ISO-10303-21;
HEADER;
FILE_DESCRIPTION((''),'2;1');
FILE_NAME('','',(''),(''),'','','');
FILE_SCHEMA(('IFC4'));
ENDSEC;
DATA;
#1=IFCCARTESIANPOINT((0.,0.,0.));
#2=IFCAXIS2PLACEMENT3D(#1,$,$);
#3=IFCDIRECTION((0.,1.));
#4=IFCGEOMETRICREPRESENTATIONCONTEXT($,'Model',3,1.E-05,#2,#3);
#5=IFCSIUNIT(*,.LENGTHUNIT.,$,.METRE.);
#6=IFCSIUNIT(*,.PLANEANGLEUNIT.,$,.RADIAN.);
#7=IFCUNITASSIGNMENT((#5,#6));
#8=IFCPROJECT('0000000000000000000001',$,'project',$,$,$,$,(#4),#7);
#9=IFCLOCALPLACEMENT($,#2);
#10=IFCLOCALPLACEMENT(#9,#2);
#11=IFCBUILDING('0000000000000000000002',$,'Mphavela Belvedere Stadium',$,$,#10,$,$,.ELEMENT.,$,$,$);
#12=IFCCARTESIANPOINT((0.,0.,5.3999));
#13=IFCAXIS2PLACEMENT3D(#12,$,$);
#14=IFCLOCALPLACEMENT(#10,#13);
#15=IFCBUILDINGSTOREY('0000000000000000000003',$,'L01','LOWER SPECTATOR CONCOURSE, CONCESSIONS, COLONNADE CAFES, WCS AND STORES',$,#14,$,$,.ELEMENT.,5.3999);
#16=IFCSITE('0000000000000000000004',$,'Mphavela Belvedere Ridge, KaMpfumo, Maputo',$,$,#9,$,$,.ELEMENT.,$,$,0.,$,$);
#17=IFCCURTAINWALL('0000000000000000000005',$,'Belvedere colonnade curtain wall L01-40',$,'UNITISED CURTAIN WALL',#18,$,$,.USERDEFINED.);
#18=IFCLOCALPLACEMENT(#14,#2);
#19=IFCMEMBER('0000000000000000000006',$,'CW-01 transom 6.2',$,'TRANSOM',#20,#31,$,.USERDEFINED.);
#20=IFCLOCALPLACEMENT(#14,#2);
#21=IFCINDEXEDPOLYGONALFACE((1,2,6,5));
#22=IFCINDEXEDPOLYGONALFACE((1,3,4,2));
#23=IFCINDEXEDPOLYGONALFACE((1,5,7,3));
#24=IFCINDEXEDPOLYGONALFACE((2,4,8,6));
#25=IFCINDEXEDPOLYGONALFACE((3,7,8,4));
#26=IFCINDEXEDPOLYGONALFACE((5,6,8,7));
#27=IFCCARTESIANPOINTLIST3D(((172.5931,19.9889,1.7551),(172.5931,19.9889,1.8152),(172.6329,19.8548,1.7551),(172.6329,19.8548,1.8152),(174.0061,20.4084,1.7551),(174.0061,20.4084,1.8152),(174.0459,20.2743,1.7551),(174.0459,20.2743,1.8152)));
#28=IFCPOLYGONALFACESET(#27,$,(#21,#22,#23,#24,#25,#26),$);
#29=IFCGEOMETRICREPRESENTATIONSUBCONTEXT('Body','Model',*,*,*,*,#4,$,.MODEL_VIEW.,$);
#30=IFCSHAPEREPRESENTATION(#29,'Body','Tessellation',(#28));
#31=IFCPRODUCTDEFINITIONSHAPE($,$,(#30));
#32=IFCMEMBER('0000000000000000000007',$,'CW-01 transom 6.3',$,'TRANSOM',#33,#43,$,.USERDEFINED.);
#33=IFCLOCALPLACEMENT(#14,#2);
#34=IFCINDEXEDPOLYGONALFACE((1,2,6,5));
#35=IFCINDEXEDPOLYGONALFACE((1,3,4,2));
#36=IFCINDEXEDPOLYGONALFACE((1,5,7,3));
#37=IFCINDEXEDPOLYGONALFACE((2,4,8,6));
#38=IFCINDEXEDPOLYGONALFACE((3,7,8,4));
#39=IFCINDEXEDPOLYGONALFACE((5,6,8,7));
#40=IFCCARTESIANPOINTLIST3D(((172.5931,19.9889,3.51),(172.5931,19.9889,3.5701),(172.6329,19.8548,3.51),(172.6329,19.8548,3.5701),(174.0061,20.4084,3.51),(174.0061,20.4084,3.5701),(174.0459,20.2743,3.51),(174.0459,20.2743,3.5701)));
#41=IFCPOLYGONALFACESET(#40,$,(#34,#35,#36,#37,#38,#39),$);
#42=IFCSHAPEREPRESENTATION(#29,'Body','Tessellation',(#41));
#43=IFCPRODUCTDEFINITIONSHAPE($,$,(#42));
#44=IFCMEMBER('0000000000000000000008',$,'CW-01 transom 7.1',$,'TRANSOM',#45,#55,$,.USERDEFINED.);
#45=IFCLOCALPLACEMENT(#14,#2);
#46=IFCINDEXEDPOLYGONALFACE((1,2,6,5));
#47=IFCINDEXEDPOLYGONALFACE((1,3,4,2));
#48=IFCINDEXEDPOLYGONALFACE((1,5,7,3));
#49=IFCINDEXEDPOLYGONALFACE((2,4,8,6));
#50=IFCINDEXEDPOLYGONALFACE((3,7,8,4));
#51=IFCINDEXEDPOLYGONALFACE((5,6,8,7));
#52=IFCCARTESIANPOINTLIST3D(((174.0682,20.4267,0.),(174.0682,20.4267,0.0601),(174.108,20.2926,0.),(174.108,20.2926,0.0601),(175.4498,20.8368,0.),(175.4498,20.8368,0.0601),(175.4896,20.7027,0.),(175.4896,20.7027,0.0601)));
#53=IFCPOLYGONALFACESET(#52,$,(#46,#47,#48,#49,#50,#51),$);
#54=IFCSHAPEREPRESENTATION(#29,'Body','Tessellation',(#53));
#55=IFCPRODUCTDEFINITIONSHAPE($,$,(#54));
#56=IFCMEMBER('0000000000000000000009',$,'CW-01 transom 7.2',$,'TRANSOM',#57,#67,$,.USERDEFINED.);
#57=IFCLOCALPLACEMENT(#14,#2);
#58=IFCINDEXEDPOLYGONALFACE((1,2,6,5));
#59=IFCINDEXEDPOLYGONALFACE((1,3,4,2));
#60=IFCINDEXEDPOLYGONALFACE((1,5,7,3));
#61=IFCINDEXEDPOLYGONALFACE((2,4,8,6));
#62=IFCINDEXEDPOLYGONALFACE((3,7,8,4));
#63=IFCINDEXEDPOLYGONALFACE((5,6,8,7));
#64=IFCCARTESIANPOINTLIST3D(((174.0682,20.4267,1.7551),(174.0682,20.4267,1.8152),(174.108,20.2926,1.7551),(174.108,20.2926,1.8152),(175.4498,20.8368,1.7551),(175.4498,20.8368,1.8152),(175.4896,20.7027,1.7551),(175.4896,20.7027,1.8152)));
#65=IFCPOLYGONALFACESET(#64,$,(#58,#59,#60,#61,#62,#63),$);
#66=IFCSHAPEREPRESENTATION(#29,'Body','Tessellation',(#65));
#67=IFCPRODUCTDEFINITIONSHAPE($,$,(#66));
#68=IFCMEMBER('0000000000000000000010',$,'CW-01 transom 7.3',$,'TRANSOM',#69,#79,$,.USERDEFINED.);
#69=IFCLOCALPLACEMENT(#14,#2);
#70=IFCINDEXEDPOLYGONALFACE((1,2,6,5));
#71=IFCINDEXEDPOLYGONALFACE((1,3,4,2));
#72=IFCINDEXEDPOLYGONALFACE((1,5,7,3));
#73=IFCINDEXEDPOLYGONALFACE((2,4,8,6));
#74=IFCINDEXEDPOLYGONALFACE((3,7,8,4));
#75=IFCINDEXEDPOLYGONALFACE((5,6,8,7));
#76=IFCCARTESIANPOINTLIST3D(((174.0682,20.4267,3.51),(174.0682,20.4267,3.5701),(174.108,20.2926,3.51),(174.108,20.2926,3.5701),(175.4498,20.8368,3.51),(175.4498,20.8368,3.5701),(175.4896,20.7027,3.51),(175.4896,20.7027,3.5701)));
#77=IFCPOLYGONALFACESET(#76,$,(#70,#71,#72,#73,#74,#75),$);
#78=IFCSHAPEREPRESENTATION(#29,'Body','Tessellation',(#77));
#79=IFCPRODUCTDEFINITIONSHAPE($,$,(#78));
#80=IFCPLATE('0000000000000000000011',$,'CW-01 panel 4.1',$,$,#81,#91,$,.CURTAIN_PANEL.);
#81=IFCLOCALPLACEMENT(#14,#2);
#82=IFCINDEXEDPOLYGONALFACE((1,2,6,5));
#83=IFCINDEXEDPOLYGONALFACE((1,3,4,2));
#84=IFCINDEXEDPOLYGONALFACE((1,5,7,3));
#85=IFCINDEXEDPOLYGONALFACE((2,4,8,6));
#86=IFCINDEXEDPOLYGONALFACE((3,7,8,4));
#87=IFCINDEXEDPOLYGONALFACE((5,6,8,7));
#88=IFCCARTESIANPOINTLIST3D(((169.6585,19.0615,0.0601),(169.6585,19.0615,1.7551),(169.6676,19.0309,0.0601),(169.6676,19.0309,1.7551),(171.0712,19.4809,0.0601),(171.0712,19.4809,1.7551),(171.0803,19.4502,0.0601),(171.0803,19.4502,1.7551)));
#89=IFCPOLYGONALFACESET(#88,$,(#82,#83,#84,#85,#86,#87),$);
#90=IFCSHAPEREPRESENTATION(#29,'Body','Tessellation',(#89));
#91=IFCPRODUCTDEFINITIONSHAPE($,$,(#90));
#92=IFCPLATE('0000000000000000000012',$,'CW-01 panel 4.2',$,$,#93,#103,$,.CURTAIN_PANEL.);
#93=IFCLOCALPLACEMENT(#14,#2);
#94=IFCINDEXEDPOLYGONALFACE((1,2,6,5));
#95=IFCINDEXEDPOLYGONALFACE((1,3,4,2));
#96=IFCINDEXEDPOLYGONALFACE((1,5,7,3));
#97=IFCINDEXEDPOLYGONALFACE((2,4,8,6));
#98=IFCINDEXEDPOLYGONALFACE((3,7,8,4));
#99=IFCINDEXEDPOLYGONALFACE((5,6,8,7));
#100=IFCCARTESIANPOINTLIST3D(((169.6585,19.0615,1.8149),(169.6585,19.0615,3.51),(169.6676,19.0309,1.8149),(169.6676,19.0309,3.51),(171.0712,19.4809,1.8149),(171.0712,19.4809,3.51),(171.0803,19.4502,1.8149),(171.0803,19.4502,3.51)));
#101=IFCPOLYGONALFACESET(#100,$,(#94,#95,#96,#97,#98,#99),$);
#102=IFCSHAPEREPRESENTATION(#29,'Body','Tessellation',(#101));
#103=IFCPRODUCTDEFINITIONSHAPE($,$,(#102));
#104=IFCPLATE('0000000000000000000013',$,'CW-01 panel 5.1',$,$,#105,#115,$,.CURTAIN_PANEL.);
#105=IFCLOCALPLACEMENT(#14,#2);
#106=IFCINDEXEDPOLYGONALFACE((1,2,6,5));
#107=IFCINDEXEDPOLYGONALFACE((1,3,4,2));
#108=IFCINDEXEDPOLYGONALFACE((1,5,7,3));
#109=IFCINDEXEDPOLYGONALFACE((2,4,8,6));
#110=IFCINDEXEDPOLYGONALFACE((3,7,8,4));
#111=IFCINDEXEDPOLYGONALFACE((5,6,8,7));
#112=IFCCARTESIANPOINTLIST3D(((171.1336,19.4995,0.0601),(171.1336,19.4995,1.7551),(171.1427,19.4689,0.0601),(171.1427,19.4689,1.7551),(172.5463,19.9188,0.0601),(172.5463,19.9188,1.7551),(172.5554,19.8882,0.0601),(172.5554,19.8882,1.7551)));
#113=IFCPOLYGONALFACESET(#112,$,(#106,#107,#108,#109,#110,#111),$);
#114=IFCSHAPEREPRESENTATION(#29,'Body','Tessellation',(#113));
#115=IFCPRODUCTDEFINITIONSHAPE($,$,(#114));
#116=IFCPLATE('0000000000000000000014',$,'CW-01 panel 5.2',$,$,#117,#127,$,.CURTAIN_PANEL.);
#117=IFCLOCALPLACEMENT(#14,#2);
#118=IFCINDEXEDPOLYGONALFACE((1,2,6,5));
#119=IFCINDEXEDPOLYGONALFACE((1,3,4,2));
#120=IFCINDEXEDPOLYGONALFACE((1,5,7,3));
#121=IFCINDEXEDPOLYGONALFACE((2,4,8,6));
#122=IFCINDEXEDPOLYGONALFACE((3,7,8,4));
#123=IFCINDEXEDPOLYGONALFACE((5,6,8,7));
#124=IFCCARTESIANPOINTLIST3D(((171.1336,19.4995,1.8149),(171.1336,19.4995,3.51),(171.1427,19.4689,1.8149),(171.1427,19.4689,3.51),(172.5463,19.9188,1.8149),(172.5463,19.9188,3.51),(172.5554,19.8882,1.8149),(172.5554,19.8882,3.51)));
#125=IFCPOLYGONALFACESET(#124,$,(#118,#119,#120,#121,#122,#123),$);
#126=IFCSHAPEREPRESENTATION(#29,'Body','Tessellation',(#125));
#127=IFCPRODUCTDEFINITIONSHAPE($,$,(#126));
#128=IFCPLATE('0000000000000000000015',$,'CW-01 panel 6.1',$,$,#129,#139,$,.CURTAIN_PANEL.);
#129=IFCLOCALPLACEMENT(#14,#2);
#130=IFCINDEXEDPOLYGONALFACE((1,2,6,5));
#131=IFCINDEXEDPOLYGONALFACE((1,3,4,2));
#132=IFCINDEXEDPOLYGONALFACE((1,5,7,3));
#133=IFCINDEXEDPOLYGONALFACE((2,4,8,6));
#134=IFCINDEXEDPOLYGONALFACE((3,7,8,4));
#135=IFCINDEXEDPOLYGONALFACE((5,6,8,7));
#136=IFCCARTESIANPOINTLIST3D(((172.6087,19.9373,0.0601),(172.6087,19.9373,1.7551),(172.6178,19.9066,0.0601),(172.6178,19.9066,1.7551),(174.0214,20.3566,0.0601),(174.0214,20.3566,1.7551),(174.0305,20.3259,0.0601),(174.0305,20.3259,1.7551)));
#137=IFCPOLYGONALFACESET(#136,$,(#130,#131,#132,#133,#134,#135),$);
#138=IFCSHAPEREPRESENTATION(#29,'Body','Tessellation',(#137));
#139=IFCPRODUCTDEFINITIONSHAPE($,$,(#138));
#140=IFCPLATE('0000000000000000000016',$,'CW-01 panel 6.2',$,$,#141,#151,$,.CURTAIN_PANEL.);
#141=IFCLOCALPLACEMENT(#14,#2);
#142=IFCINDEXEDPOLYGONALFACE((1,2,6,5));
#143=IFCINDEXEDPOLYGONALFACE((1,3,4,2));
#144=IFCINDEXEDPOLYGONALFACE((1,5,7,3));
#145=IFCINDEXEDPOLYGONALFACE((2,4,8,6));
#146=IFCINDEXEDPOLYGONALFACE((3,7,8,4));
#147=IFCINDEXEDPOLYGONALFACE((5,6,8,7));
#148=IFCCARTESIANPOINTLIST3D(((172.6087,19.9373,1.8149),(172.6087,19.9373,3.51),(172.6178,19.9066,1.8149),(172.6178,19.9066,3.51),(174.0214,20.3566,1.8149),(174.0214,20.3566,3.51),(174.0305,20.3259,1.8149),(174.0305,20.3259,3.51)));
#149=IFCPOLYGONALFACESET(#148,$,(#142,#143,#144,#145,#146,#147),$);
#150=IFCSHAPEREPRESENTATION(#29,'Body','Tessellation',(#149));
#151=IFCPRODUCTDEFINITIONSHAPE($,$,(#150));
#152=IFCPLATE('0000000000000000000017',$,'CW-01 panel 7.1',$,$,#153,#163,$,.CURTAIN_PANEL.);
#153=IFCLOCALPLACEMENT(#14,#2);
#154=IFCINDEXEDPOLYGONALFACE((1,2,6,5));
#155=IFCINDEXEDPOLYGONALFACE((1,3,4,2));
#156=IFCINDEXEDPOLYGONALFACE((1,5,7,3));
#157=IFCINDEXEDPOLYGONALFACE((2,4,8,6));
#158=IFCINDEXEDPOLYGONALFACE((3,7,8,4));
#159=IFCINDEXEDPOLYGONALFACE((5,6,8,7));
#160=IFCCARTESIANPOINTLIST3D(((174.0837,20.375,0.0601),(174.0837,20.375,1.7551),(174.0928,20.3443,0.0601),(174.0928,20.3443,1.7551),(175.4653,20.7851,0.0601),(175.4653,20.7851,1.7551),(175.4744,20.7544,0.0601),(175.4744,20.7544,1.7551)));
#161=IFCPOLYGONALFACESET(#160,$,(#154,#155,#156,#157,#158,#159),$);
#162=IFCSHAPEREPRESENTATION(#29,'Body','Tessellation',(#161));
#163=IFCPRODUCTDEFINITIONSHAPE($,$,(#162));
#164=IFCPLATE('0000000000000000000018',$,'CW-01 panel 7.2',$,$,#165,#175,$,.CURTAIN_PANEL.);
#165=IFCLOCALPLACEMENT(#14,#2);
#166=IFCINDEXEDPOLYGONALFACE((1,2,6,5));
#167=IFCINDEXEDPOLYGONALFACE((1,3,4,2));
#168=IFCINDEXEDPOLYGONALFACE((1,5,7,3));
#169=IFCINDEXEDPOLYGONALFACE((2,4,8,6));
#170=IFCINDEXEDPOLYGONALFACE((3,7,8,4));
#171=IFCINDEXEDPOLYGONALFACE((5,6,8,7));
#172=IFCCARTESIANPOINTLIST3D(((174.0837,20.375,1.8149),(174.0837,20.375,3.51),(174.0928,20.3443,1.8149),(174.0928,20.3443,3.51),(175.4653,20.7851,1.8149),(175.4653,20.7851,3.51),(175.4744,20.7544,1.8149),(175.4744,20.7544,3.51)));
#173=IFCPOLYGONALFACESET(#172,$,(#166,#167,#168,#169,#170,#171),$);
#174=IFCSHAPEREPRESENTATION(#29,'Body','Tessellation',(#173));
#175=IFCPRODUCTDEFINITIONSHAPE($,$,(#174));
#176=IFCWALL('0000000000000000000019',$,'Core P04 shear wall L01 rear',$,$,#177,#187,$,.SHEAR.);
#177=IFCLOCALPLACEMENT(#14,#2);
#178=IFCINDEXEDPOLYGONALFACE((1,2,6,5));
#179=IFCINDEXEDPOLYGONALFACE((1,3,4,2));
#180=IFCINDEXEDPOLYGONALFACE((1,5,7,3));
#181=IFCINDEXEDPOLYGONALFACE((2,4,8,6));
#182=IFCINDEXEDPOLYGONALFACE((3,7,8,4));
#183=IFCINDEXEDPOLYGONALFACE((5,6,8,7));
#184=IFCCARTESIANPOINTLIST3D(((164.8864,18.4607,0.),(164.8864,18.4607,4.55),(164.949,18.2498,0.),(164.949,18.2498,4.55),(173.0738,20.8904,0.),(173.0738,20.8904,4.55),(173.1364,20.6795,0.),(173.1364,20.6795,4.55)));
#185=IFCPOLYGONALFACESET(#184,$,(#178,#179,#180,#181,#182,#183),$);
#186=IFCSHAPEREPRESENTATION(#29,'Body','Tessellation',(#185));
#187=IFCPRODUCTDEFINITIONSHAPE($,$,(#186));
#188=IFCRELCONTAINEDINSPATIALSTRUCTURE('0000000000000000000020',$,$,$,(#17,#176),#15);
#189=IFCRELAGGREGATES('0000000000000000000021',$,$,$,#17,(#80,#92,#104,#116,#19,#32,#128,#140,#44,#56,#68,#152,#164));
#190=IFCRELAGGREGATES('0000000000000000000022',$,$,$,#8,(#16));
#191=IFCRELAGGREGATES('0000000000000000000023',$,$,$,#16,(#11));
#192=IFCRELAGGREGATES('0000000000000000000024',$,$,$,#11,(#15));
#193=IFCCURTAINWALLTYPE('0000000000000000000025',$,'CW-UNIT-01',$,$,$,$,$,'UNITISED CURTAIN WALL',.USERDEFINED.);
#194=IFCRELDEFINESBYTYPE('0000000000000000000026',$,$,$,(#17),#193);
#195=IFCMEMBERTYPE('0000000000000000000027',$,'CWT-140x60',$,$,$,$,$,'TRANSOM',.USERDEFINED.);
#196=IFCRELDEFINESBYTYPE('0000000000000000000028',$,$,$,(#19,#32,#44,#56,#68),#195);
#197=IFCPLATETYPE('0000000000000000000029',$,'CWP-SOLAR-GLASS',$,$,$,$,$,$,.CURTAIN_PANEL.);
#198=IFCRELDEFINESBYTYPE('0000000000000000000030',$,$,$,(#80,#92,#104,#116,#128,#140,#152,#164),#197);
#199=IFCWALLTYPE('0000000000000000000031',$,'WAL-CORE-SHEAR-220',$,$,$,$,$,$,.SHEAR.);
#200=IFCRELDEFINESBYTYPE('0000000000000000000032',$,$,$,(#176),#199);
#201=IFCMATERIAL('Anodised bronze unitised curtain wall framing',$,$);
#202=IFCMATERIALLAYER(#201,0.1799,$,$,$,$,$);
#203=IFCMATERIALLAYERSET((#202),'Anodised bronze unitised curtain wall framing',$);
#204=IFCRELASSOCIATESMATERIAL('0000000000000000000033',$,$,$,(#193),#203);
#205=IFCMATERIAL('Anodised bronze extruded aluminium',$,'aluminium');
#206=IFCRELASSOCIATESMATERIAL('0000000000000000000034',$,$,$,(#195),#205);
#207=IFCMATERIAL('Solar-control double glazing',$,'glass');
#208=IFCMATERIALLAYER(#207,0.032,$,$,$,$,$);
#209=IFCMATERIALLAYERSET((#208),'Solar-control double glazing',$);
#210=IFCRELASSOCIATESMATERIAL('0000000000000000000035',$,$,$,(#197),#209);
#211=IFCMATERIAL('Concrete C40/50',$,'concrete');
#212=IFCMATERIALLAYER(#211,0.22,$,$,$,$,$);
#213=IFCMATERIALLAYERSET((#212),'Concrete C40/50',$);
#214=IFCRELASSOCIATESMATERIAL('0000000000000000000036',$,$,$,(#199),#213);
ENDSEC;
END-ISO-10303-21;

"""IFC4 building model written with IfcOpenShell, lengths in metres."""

from ifc_helpers import new_model, si_unit, direction, frame, frame_2d, origin, origin_2d, place, context, subcontext, project, spatial, rectangle, extrude, material, layer, layer_set, material_profile, profile_set, type_object, element, aggregate, save


model = new_model("IFC4")

# Units and contexts
model_context = context("Model", 3, precision=1e-05, world=origin(), true_north=direction((0.0, 1.0)))
body_context = subcontext(model_context, "Body", "Model", "MODEL_VIEW")
ifc_project = project(units=[si_unit("LENGTHUNIT", "METRE"), si_unit("PLANEANGLEUNIT", "RADIAN")], contexts=[model_context])

# Site, building, storey
site_placement = place(None, origin())
site = spatial("IfcSite", under=ifc_project, at=site_placement, Name="Mphavela Belvedere Ridge, KaMpfumo, Maputo", CompositionType="ELEMENT", RefElevation=0.0)
building_placement = place(site_placement, origin())
building = spatial("IfcBuilding", under=site, at=building_placement, Name="Mphavela Belvedere Stadium", CompositionType="ELEMENT")
storey_placement = place(building_placement, frame((0.0, 0.0, 5.3999)))
storey = spatial("IfcBuildingStorey", under=building, at=storey_placement, Name="L01", Description="LOWER SPECTATOR CONCOURSE, CONCESSIONS, COLONNADE CAFES, WCS AND STORES", CompositionType="ELEMENT", Elevation=5.3999)

# Curtain wall, members, plates
ifc_material_1 = material(Name="Anodised bronze unitised curtain wall framing")
ifc_layer_1 = layer(ifc_material_1, 0.1799)
ifc_layer_set_1 = layer_set([ifc_layer_1], Name="Anodised bronze unitised curtain wall framing")
curtain_wall_type = type_object("IfcCurtainWallType", Name="CW-UNIT-01", ElementType="UNITISED CURTAIN WALL", PredefinedType="USERDEFINED", material=ifc_layer_set_1)
curtain_wall_placement = place(storey_placement, origin())
curtain_wall = element("IfcCurtainWall", 1, at=curtain_wall_placement, inside=storey, type_object=curtain_wall_type, Name="Belvedere colonnade curtain wall L01-40", ObjectType="UNITISED CURTAIN WALL", PredefinedType="USERDEFINED")
ifc_material_2 = material(Name="Anodised bronze extruded aluminium", Category="aluminium")
ifc_material_profile_1 = material_profile(ifc_material_2, rectangle(XDim=0.1399, YDim=0.0601, at=origin_2d()), Name="CW-TRN 140x60")
ifc_profile_set_1 = profile_set([ifc_material_profile_1], Name="Anodised bronze extruded aluminium")
member_type_1 = type_object("IfcMemberType", Name="CWT-140x60", ElementType="TRANSOM", PredefinedType="USERDEFINED", material=ifc_profile_set_1)
member_1_placement = place(storey_placement, frame((172.613, 19.9219, 1.7852), z_axis=(0.958648, 0.284596, 0.0), x_axis=(-0.284596, 0.958648, 0.0)))
member_1 = element("IfcMember", 2, at=member_1_placement, type_object=member_type_1, Name="CW-01 transom 6.2", ObjectType="TRANSOM", PredefinedType="USERDEFINED", context=body_context, shape_type="SweptSolid", body=[
    extrude(rectangle(XDim=0.1399, YDim=0.0601, at=origin_2d()), origin(), (0.0, 0.0, 1.0), 1.4739),
])
member_2_placement = place(storey_placement, frame((172.613, 19.9219, 3.54), z_axis=(0.958648, 0.284596, 0.0), x_axis=(-0.284596, 0.958648, 0.0)))
member_2 = element("IfcMember", 3, at=member_2_placement, type_object=member_type_1, Name="CW-01 transom 6.3", ObjectType="TRANSOM", PredefinedType="USERDEFINED", context=body_context, shape_type="SweptSolid", body=[
    extrude(rectangle(XDim=0.1399, YDim=0.0601, at=origin_2d()), origin(), (0.0, 0.0, 1.0), 1.4739),
])
member_3_placement = place(storey_placement, frame((174.0881, 20.3596, 0.03), z_axis=(0.958648, 0.284596, 0.0), x_axis=(-0.284596, 0.958648, 0.0)))
member_3 = element("IfcMember", 4, at=member_3_placement, type_object=member_type_1, Name="CW-01 transom 7.1", ObjectType="TRANSOM", PredefinedType="USERDEFINED", context=body_context, shape_type="SweptSolid", body=[
    extrude(rectangle(XDim=0.1399, YDim=0.0601, at=origin_2d()), origin(), (0.0, 0.0, 1.0), 1.4412),
])
member_4_placement = place(storey_placement, frame((174.0881, 20.3596, 1.7852), z_axis=(0.958648, 0.284596, 0.0), x_axis=(-0.284596, 0.958648, 0.0)))
member_4 = element("IfcMember", 5, at=member_4_placement, type_object=member_type_1, Name="CW-01 transom 7.2", ObjectType="TRANSOM", PredefinedType="USERDEFINED", context=body_context, shape_type="SweptSolid", body=[
    extrude(rectangle(XDim=0.1399, YDim=0.0601, at=origin_2d()), origin(), (0.0, 0.0, 1.0), 1.4412),
])
member_5_placement = place(storey_placement, frame((174.0881, 20.3596, 3.54), z_axis=(0.958648, 0.284596, 0.0), x_axis=(-0.284596, 0.958648, 0.0)))
member_5 = element("IfcMember", 6, at=member_5_placement, type_object=member_type_1, Name="CW-01 transom 7.3", ObjectType="TRANSOM", PredefinedType="USERDEFINED", context=body_context, shape_type="SweptSolid", body=[
    extrude(rectangle(XDim=0.1399, YDim=0.0601, at=origin_2d()), origin(), (0.0, 0.0, 1.0), 1.4412),
])
ifc_material_3 = material(Name="Solar-control double glazing", Category="glass")
ifc_layer_2 = layer(ifc_material_3, 0.032)
ifc_layer_set_2 = layer_set([ifc_layer_2], Name="Solar-control double glazing")
plate_type = type_object("IfcPlateType", Name="CWP-SOLAR-GLASS", PredefinedType="CURTAIN_PANEL", material=ifc_layer_set_2)
plate_1_placement = place(storey_placement, frame((170.3694, 19.2559, 0.0601), z_axis=(0.0, 0.0, 1.0), x_axis=(0.958661, 0.284551, 0.0)))
plate_1 = element("IfcPlate", 7, at=plate_1_placement, type_object=plate_type, Name="CW-01 panel 4.1", PredefinedType="CURTAIN_PANEL", context=body_context, shape_type="SweptSolid", body=[
    extrude(rectangle(XDim=1.4736, YDim=0.032, at=origin_2d()), origin(), (0.0, 0.0, 1.0), 1.6951),
])
plate_2_placement = place(storey_placement, frame((170.3694, 19.2559, 1.8149), z_axis=(0.0, 0.0, 1.0), x_axis=(0.958661, 0.284551, 0.0)))
plate_2 = element("IfcPlate", 8, at=plate_2_placement, type_object=plate_type, Name="CW-01 panel 4.2", PredefinedType="CURTAIN_PANEL", context=body_context, shape_type="SweptSolid", body=[
    extrude(rectangle(XDim=1.4736, YDim=0.032, at=origin_2d()), origin(), (0.0, 0.0, 1.0), 1.6951),
])
plate_3_placement = place(storey_placement, frame((171.8445, 19.6938, 0.0601), z_axis=(0.0, 0.0, 1.0), x_axis=(0.958661, 0.284551, 0.0)))
plate_3 = element("IfcPlate", 9, at=plate_3_placement, type_object=plate_type, Name="CW-01 panel 5.1", PredefinedType="CURTAIN_PANEL", context=body_context, shape_type="SweptSolid", body=[
    extrude(rectangle(XDim=1.4736, YDim=0.032, at=origin_2d()), origin(), (0.0, 0.0, 1.0), 1.6951),
])
plate_4_placement = place(storey_placement, frame((171.8445, 19.6938, 1.8149), z_axis=(0.0, 0.0, 1.0), x_axis=(0.958661, 0.284551, 0.0)))
plate_4 = element("IfcPlate", 10, at=plate_4_placement, type_object=plate_type, Name="CW-01 panel 5.2", PredefinedType="CURTAIN_PANEL", context=body_context, shape_type="SweptSolid", body=[
    extrude(rectangle(XDim=1.4736, YDim=0.032, at=origin_2d()), origin(), (0.0, 0.0, 1.0), 1.6951),
])
plate_5_placement = place(storey_placement, frame((173.3196, 20.1316, 0.0601), z_axis=(0.0, 0.0, 1.0), x_axis=(0.958661, 0.284551, 0.0)))
plate_5 = element("IfcPlate", 11, at=plate_5_placement, type_object=plate_type, Name="CW-01 panel 6.1", PredefinedType="CURTAIN_PANEL", context=body_context, shape_type="SweptSolid", body=[
    extrude(rectangle(XDim=1.4736, YDim=0.032, at=origin_2d()), origin(), (0.0, 0.0, 1.0), 1.6951),
])
plate_6_placement = place(storey_placement, frame((173.3196, 20.1316, 1.8149), z_axis=(0.0, 0.0, 1.0), x_axis=(0.958661, 0.284551, 0.0)))
plate_6 = element("IfcPlate", 12, at=plate_6_placement, type_object=plate_type, Name="CW-01 panel 6.2", PredefinedType="CURTAIN_PANEL", context=body_context, shape_type="SweptSolid", body=[
    extrude(rectangle(XDim=1.4736, YDim=0.032, at=origin_2d()), origin(), (0.0, 0.0, 1.0), 1.6951),
])
plate_7_placement = place(storey_placement, frame((174.7791, 20.5647, 0.0601), z_axis=(0.0, 0.0, 1.0), x_axis=(0.958661, 0.284551, 0.0)))
plate_7 = element("IfcPlate", 13, at=plate_7_placement, type_object=plate_type, Name="CW-01 panel 7.1", PredefinedType="CURTAIN_PANEL", context=body_context, shape_type="SweptSolid", body=[
    extrude(rectangle(XDim=1.4412, YDim=0.032, at=origin_2d()), origin(), (0.0, 0.0, 1.0), 1.6951),
])
plate_8_placement = place(storey_placement, frame((174.7791, 20.5647, 1.8149), z_axis=(0.0, 0.0, 1.0), x_axis=(0.958661, 0.284551, 0.0)))
plate_8 = element("IfcPlate", 14, at=plate_8_placement, type_object=plate_type, Name="CW-01 panel 7.2", PredefinedType="CURTAIN_PANEL", context=body_context, shape_type="SweptSolid", body=[
    extrude(rectangle(XDim=1.4412, YDim=0.032, at=origin_2d()), origin(), (0.0, 0.0, 1.0), 1.6951),
])
aggregate(curtain_wall, [plate_1, plate_2, plate_3, plate_4, member_1, member_2, plate_5, plate_6, member_3, member_4, member_5, plate_7, plate_8])

# Wall
ifc_material_4 = material(Name="Concrete C40/50", Category="concrete")
ifc_layer_3 = layer(ifc_material_4, 0.22)
ifc_layer_set_3 = layer_set([ifc_layer_3], Name="Concrete C40/50")
wall_type_1 = type_object("IfcWallType", Name="WAL-CORE-SHEAR-220", PredefinedType="SHEAR", material=ifc_layer_set_3)
wall_1_placement = place(storey_placement, frame((173.105, 20.7849, 0.0), z_axis=(0.0, 0.0, 1.0), x_axis=(-0.958676, -0.284501, 0.0)))
element("IfcWall", 15, at=wall_1_placement, inside=storey, type_object=wall_type_1, Name="Core P04 shear wall L01 rear", PredefinedType="SHEAR", context=body_context, shape_type="SweptSolid", body=[
    extrude(rectangle(XDim=8.5403, YDim=0.22, at=frame_2d((4.27, 0.0))), origin(), (0.0, 0.0, 1.0), 4.55),
])

save(model, "model.ifc")
